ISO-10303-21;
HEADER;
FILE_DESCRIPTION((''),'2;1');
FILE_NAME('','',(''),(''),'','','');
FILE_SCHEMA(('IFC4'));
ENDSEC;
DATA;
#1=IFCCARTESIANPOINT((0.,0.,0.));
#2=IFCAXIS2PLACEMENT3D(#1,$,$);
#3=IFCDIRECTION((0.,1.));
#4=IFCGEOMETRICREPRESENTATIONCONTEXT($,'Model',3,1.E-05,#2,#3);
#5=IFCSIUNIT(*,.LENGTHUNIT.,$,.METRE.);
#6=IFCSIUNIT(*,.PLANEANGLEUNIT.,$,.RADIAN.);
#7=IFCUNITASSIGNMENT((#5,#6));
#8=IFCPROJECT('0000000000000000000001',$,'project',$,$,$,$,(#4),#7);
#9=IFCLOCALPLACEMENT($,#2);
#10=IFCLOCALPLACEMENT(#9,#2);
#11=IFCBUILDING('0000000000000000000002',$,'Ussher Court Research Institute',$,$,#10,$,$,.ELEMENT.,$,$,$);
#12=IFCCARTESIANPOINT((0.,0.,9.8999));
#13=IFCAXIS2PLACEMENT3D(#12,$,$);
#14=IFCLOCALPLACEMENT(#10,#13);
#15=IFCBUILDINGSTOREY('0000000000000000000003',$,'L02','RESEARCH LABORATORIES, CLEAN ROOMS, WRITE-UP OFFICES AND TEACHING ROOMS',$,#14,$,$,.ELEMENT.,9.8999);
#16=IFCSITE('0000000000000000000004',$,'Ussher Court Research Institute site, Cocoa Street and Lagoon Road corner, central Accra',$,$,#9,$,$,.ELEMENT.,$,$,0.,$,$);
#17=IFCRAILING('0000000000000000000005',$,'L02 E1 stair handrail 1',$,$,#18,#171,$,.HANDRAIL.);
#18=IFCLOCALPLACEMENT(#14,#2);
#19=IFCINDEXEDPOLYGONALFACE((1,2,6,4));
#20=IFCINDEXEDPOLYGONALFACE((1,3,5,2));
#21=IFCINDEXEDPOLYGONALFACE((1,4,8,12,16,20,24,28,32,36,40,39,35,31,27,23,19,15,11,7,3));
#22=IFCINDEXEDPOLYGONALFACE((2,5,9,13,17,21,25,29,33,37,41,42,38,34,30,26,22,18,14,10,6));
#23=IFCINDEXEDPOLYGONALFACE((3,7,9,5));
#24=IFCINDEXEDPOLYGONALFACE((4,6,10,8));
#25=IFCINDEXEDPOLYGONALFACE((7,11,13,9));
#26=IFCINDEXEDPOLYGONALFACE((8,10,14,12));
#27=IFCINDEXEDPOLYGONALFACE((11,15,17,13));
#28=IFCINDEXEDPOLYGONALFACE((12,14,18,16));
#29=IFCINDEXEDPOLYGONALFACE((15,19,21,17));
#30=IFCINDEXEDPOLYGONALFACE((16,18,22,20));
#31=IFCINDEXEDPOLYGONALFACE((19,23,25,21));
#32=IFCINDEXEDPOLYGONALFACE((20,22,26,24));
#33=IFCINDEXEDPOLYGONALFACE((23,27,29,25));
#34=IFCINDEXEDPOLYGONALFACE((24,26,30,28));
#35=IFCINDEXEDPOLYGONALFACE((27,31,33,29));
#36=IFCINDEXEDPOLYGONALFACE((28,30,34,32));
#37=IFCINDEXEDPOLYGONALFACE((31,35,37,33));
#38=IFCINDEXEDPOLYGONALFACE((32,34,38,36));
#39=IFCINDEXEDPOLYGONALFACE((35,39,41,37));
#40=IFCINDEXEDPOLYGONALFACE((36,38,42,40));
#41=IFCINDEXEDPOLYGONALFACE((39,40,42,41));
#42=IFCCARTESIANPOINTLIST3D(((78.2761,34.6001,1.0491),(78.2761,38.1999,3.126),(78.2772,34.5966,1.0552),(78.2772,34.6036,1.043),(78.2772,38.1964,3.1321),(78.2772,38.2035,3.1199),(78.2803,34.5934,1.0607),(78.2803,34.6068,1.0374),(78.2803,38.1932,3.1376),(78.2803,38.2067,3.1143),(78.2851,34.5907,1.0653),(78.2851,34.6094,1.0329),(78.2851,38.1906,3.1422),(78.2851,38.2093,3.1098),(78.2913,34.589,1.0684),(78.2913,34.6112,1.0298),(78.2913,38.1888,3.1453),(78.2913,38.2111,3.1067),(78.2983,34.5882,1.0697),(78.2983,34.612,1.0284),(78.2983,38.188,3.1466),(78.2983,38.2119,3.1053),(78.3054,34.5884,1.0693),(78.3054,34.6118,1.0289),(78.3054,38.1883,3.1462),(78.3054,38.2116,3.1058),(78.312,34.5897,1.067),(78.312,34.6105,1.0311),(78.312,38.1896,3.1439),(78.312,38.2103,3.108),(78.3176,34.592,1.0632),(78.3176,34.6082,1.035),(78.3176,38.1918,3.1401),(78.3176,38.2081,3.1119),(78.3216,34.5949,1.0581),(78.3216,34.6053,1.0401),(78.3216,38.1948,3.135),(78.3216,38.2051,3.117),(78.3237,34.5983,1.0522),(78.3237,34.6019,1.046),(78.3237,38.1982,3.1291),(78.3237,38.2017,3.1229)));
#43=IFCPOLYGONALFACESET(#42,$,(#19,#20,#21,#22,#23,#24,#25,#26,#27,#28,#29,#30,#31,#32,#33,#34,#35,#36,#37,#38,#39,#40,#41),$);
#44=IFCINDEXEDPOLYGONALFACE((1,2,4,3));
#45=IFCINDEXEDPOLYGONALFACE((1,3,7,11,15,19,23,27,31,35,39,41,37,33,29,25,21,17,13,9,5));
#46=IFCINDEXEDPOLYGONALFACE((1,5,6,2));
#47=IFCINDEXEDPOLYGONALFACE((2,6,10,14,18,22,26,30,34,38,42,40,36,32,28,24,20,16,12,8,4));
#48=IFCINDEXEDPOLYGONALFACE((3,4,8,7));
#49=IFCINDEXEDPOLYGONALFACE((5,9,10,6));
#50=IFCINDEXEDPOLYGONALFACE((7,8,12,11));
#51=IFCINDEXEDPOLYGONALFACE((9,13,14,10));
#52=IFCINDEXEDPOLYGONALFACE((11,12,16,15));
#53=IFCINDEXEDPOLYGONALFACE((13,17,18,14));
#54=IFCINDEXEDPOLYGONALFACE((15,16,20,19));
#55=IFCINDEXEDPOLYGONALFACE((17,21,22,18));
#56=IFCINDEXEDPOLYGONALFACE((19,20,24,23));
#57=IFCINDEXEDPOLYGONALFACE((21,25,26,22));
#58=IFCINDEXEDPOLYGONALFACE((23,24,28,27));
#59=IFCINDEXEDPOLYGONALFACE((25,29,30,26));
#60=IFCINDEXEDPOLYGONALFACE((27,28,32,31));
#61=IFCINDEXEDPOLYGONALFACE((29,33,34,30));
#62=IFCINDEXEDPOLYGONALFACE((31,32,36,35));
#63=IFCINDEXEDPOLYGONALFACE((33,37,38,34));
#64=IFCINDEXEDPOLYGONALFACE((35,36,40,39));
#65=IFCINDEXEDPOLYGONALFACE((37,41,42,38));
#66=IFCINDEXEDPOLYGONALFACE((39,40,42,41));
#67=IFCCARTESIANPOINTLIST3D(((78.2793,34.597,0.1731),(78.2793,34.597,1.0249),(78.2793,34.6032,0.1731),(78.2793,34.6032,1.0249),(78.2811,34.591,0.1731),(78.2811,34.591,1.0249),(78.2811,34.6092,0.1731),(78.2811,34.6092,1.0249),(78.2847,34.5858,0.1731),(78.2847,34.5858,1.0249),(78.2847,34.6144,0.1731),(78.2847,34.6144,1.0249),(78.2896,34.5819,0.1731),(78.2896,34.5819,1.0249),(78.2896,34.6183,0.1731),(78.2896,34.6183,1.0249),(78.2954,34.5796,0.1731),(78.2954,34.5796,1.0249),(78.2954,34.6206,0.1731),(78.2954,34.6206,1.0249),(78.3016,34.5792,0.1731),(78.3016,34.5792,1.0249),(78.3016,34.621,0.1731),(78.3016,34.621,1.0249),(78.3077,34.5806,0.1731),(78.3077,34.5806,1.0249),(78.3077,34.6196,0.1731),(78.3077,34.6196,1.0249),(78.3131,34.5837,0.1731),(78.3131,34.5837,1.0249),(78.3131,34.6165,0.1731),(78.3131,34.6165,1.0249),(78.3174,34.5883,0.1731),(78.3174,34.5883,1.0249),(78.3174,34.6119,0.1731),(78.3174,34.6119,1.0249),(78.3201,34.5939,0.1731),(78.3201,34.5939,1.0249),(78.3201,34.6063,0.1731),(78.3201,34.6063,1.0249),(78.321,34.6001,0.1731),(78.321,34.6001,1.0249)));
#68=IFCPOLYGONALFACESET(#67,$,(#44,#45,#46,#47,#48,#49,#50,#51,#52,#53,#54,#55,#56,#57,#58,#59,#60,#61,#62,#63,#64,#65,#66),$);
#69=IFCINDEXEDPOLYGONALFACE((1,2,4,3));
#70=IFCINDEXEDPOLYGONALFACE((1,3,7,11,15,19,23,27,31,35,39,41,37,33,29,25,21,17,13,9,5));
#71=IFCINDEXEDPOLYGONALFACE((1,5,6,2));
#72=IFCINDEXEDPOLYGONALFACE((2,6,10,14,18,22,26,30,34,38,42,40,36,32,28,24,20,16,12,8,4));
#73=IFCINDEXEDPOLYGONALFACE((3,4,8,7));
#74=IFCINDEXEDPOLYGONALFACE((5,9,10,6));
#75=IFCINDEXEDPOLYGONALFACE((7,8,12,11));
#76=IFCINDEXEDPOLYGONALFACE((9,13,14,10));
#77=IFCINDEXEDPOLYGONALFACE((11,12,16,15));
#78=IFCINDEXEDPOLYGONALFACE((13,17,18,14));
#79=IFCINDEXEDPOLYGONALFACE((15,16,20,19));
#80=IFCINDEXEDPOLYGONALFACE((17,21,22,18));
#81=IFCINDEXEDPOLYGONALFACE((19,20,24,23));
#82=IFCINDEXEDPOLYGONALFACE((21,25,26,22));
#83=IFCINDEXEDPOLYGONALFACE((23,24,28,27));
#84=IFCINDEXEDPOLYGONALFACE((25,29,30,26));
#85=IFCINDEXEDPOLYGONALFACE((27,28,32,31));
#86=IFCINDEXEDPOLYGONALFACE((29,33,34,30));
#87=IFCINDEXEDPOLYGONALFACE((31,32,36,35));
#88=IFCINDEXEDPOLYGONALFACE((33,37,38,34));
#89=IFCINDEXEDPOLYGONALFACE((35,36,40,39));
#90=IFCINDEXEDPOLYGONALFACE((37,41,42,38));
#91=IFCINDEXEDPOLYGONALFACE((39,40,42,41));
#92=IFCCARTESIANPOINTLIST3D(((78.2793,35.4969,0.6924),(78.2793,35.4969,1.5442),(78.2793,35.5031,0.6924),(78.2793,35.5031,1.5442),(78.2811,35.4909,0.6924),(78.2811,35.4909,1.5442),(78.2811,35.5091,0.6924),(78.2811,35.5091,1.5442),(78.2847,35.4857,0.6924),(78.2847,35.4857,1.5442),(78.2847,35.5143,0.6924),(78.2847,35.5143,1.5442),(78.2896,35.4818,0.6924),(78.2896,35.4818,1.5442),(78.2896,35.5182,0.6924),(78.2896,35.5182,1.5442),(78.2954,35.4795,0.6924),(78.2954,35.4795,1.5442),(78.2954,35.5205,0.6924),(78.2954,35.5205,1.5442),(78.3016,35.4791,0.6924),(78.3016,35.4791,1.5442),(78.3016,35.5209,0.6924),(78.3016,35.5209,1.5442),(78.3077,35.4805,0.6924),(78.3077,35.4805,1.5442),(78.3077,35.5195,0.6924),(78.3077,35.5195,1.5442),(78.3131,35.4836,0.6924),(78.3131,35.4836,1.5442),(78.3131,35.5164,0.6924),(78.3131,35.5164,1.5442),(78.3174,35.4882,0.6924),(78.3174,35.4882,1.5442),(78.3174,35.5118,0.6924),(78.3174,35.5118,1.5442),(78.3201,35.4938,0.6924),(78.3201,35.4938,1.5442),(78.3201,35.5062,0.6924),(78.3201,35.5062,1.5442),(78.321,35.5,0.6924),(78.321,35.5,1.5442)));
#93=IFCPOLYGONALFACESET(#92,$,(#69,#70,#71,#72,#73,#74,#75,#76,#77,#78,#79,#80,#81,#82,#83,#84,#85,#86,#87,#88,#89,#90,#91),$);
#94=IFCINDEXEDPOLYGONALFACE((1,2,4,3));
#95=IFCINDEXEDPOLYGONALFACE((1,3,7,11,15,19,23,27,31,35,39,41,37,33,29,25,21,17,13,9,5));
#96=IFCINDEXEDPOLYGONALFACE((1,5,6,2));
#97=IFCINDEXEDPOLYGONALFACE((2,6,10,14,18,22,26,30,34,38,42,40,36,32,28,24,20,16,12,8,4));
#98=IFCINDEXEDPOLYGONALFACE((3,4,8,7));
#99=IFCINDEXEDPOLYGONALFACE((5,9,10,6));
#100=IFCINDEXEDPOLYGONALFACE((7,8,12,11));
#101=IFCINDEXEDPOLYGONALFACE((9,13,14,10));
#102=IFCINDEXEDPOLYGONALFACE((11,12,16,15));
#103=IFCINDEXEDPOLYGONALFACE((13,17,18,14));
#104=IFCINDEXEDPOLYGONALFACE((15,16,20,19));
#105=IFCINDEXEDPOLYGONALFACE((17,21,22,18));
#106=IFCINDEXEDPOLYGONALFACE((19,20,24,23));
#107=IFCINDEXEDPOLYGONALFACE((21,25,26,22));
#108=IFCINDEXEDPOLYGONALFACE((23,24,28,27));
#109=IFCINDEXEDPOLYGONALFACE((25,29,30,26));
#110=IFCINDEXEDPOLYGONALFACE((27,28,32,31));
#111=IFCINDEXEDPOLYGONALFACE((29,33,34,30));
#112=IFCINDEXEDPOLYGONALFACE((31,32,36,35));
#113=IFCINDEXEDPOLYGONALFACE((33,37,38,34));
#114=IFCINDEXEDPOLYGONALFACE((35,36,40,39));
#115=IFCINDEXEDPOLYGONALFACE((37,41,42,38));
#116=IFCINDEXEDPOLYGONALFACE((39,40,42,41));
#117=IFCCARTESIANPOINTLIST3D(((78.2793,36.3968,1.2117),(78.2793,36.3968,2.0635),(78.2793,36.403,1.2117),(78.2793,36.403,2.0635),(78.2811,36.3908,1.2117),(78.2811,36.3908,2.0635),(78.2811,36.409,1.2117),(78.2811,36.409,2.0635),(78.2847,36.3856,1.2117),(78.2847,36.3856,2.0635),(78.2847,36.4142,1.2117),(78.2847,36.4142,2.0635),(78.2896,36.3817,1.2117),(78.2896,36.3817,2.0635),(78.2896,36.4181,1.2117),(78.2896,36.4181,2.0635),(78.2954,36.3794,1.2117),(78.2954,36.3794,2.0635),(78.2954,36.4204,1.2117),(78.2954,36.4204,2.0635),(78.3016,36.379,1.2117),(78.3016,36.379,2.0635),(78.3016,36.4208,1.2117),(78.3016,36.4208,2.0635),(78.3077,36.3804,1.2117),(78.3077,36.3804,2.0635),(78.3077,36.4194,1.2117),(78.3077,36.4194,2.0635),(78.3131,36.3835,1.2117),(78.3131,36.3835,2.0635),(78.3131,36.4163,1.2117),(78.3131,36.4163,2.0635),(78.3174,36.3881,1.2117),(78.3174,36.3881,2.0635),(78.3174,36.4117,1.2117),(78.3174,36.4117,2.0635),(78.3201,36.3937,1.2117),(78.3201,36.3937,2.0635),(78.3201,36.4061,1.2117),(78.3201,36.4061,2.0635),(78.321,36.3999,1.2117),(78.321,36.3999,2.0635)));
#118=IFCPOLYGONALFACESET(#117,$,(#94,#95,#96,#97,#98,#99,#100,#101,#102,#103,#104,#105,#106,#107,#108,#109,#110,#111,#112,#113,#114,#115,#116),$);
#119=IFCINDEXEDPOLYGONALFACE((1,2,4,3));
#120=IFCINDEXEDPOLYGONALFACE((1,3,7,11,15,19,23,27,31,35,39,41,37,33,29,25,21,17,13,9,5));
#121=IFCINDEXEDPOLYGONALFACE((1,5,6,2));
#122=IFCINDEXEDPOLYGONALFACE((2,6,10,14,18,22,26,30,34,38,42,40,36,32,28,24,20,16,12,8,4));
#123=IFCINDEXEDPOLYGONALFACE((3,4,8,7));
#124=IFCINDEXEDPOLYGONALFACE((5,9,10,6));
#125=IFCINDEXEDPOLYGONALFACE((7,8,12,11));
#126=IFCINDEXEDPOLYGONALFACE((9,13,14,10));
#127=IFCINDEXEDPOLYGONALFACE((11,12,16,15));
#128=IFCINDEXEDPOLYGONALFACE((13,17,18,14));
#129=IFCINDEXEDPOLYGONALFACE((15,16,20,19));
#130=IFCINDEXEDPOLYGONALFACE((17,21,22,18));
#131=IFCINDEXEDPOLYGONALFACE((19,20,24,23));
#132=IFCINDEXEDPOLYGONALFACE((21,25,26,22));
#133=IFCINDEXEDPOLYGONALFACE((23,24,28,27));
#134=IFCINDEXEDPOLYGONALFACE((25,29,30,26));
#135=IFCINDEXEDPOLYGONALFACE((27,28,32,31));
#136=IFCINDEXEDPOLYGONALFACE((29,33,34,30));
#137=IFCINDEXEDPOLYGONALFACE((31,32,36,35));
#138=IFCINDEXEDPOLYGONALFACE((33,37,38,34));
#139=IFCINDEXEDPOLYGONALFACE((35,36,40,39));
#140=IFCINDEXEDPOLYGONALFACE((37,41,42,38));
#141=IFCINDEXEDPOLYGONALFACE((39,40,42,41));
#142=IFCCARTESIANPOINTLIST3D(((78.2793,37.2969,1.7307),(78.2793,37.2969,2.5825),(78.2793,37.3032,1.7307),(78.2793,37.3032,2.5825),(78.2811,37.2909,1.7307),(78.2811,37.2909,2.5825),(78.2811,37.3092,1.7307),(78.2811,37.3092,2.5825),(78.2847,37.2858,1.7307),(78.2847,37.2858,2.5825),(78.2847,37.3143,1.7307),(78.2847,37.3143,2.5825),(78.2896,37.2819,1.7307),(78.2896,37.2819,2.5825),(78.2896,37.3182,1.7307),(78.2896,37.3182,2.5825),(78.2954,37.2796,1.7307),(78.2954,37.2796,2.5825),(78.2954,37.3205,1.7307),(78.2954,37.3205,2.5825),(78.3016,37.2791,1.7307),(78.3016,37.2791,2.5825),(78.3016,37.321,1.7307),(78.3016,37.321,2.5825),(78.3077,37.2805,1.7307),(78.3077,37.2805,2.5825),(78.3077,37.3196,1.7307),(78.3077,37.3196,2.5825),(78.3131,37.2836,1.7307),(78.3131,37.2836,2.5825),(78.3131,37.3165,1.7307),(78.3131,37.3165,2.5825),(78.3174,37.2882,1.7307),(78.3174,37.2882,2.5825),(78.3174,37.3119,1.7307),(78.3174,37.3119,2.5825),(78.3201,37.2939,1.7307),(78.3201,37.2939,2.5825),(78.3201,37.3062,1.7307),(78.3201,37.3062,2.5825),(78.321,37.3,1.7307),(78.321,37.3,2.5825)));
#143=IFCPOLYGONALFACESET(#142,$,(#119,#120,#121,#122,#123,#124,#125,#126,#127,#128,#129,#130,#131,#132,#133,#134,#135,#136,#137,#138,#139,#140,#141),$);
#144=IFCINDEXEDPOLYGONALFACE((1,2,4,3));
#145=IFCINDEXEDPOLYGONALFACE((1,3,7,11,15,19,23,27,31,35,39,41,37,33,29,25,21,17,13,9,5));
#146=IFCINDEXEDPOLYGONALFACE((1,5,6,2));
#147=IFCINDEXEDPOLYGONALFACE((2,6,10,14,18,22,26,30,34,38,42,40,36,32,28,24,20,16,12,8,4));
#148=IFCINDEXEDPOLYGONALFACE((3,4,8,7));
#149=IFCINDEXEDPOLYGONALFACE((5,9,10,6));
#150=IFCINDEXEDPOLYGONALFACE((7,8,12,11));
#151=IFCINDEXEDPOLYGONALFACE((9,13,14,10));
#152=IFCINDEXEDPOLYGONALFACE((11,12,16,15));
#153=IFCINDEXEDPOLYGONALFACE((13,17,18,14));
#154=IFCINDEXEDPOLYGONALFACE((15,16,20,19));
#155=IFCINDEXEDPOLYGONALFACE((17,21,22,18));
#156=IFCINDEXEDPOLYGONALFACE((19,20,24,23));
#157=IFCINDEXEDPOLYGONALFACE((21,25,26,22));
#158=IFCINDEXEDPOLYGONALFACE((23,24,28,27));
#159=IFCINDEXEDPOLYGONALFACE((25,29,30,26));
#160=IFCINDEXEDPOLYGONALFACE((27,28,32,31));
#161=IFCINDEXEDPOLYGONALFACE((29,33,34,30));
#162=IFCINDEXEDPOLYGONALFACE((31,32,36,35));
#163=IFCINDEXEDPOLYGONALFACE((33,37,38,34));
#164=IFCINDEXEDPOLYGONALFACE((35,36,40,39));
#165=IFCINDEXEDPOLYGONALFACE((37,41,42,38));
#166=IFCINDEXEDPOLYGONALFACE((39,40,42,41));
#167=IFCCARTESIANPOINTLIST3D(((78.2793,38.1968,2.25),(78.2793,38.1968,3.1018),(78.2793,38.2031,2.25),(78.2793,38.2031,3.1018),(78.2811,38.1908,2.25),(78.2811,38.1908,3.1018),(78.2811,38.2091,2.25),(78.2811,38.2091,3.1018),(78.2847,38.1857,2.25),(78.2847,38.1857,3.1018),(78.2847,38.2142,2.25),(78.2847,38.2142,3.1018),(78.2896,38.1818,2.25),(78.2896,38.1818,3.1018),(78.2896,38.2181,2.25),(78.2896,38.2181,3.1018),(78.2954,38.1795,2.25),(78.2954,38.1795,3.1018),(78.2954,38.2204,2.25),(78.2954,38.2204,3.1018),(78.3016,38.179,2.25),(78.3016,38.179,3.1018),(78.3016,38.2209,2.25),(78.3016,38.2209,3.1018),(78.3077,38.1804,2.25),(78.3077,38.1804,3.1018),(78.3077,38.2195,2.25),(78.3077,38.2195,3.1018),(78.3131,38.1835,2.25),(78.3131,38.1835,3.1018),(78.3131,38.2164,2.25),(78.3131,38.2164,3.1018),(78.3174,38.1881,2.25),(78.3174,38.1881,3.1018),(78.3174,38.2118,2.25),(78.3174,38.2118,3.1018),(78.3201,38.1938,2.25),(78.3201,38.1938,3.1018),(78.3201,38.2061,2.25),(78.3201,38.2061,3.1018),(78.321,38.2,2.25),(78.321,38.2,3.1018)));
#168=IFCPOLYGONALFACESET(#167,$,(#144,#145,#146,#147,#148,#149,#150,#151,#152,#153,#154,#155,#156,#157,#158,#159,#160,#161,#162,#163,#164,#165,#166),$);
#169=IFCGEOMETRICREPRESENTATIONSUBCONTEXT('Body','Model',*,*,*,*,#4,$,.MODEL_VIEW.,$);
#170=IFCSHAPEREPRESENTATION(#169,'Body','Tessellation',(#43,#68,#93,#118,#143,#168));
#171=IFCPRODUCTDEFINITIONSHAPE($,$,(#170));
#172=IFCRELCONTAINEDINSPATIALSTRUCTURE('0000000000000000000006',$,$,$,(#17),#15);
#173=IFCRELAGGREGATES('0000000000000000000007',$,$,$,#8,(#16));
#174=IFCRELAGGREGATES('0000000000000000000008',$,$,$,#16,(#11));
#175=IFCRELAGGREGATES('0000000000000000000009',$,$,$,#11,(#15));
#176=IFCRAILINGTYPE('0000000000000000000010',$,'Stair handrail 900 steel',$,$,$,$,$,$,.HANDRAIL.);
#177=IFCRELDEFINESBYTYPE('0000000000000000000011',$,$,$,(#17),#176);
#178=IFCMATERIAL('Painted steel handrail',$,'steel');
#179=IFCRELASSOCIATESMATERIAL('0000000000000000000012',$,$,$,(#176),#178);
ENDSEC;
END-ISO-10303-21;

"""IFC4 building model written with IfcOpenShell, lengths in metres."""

from ifc_helpers import new_model, si_unit, direction, frame, origin, origin_2d, place, context, subcontext, project, spatial, circle, extrude, material, type_object, element, save


model = new_model("IFC4")

# Units and contexts
model_context = context("Model", 3, precision=1e-05, world=origin(), true_north=direction((0.0, 1.0)))
body_context = subcontext(model_context, "Body", "Model", "MODEL_VIEW")
ifc_project = project(units=[si_unit("LENGTHUNIT", "METRE"), si_unit("PLANEANGLEUNIT", "RADIAN")], contexts=[model_context])

# Site, building, storey
site_placement = place(None, origin())
site = spatial("IfcSite", under=ifc_project, at=site_placement, Name="Ussher Court Research Institute site, Cocoa Street and Lagoon Road corner, central Accra", CompositionType="ELEMENT", RefElevation=0.0)
building_placement = place(site_placement, origin())
building = spatial("IfcBuilding", under=site, at=building_placement, Name="Ussher Court Research Institute", CompositionType="ELEMENT")
storey_placement = place(building_placement, frame((0.0, 0.0, 9.8999)))
storey = spatial("IfcBuildingStorey", under=building, at=storey_placement, Name="L02", Description="RESEARCH LABORATORIES, CLEAN ROOMS, WRITE-UP OFFICES AND TEACHING ROOMS", CompositionType="ELEMENT", Elevation=9.8999)

# Railing
ifc_material_1 = material(Name="Painted steel handrail", Category="steel")
railing_type_1 = type_object("IfcRailingType", Name="Stair handrail 900 steel", PredefinedType="HANDRAIL", material=ifc_material_1)
railing_1_placement = place(storey_placement, frame((78.3, 34.6001, 0.1731)))
element("IfcRailing", 1, at=railing_1_placement, inside=storey, type_object=railing_type_1, Name="L02 E1 stair handrail 1", PredefinedType="HANDRAIL", context=body_context, shape_type="SweptSolid", body=[
    extrude(circle(Radius=0.0239, at=origin_2d()), frame((0.0, 0.0, 0.876), z_axis=(0.0, 0.866179, 0.499734), x_axis=(-1.0, 0.0, 0.0)), (0.0, 0.0, 1.0), 4.156),
    extrude(circle(Radius=0.021, at=origin_2d()), origin(), (0.0, 0.0, 1.0), 0.8518),
    extrude(circle(Radius=0.021, at=origin_2d()), frame((0.0, 0.8999, 0.5193)), (0.0, 0.0, 1.0), 0.8518),
    extrude(circle(Radius=0.021, at=origin_2d()), frame((0.0, 1.7998, 1.0386)), (0.0, 0.0, 1.0), 0.8518),
    extrude(circle(Radius=0.021, at=origin_2d()), frame((0.0, 2.7, 1.5576)), (0.0, 0.0, 1.0), 0.8518),
    extrude(circle(Radius=0.021, at=origin_2d()), frame((0.0, 3.5999, 2.0769)), (0.0, 0.0, 1.0), 0.8518),
])

save(model, "model.ifc")
